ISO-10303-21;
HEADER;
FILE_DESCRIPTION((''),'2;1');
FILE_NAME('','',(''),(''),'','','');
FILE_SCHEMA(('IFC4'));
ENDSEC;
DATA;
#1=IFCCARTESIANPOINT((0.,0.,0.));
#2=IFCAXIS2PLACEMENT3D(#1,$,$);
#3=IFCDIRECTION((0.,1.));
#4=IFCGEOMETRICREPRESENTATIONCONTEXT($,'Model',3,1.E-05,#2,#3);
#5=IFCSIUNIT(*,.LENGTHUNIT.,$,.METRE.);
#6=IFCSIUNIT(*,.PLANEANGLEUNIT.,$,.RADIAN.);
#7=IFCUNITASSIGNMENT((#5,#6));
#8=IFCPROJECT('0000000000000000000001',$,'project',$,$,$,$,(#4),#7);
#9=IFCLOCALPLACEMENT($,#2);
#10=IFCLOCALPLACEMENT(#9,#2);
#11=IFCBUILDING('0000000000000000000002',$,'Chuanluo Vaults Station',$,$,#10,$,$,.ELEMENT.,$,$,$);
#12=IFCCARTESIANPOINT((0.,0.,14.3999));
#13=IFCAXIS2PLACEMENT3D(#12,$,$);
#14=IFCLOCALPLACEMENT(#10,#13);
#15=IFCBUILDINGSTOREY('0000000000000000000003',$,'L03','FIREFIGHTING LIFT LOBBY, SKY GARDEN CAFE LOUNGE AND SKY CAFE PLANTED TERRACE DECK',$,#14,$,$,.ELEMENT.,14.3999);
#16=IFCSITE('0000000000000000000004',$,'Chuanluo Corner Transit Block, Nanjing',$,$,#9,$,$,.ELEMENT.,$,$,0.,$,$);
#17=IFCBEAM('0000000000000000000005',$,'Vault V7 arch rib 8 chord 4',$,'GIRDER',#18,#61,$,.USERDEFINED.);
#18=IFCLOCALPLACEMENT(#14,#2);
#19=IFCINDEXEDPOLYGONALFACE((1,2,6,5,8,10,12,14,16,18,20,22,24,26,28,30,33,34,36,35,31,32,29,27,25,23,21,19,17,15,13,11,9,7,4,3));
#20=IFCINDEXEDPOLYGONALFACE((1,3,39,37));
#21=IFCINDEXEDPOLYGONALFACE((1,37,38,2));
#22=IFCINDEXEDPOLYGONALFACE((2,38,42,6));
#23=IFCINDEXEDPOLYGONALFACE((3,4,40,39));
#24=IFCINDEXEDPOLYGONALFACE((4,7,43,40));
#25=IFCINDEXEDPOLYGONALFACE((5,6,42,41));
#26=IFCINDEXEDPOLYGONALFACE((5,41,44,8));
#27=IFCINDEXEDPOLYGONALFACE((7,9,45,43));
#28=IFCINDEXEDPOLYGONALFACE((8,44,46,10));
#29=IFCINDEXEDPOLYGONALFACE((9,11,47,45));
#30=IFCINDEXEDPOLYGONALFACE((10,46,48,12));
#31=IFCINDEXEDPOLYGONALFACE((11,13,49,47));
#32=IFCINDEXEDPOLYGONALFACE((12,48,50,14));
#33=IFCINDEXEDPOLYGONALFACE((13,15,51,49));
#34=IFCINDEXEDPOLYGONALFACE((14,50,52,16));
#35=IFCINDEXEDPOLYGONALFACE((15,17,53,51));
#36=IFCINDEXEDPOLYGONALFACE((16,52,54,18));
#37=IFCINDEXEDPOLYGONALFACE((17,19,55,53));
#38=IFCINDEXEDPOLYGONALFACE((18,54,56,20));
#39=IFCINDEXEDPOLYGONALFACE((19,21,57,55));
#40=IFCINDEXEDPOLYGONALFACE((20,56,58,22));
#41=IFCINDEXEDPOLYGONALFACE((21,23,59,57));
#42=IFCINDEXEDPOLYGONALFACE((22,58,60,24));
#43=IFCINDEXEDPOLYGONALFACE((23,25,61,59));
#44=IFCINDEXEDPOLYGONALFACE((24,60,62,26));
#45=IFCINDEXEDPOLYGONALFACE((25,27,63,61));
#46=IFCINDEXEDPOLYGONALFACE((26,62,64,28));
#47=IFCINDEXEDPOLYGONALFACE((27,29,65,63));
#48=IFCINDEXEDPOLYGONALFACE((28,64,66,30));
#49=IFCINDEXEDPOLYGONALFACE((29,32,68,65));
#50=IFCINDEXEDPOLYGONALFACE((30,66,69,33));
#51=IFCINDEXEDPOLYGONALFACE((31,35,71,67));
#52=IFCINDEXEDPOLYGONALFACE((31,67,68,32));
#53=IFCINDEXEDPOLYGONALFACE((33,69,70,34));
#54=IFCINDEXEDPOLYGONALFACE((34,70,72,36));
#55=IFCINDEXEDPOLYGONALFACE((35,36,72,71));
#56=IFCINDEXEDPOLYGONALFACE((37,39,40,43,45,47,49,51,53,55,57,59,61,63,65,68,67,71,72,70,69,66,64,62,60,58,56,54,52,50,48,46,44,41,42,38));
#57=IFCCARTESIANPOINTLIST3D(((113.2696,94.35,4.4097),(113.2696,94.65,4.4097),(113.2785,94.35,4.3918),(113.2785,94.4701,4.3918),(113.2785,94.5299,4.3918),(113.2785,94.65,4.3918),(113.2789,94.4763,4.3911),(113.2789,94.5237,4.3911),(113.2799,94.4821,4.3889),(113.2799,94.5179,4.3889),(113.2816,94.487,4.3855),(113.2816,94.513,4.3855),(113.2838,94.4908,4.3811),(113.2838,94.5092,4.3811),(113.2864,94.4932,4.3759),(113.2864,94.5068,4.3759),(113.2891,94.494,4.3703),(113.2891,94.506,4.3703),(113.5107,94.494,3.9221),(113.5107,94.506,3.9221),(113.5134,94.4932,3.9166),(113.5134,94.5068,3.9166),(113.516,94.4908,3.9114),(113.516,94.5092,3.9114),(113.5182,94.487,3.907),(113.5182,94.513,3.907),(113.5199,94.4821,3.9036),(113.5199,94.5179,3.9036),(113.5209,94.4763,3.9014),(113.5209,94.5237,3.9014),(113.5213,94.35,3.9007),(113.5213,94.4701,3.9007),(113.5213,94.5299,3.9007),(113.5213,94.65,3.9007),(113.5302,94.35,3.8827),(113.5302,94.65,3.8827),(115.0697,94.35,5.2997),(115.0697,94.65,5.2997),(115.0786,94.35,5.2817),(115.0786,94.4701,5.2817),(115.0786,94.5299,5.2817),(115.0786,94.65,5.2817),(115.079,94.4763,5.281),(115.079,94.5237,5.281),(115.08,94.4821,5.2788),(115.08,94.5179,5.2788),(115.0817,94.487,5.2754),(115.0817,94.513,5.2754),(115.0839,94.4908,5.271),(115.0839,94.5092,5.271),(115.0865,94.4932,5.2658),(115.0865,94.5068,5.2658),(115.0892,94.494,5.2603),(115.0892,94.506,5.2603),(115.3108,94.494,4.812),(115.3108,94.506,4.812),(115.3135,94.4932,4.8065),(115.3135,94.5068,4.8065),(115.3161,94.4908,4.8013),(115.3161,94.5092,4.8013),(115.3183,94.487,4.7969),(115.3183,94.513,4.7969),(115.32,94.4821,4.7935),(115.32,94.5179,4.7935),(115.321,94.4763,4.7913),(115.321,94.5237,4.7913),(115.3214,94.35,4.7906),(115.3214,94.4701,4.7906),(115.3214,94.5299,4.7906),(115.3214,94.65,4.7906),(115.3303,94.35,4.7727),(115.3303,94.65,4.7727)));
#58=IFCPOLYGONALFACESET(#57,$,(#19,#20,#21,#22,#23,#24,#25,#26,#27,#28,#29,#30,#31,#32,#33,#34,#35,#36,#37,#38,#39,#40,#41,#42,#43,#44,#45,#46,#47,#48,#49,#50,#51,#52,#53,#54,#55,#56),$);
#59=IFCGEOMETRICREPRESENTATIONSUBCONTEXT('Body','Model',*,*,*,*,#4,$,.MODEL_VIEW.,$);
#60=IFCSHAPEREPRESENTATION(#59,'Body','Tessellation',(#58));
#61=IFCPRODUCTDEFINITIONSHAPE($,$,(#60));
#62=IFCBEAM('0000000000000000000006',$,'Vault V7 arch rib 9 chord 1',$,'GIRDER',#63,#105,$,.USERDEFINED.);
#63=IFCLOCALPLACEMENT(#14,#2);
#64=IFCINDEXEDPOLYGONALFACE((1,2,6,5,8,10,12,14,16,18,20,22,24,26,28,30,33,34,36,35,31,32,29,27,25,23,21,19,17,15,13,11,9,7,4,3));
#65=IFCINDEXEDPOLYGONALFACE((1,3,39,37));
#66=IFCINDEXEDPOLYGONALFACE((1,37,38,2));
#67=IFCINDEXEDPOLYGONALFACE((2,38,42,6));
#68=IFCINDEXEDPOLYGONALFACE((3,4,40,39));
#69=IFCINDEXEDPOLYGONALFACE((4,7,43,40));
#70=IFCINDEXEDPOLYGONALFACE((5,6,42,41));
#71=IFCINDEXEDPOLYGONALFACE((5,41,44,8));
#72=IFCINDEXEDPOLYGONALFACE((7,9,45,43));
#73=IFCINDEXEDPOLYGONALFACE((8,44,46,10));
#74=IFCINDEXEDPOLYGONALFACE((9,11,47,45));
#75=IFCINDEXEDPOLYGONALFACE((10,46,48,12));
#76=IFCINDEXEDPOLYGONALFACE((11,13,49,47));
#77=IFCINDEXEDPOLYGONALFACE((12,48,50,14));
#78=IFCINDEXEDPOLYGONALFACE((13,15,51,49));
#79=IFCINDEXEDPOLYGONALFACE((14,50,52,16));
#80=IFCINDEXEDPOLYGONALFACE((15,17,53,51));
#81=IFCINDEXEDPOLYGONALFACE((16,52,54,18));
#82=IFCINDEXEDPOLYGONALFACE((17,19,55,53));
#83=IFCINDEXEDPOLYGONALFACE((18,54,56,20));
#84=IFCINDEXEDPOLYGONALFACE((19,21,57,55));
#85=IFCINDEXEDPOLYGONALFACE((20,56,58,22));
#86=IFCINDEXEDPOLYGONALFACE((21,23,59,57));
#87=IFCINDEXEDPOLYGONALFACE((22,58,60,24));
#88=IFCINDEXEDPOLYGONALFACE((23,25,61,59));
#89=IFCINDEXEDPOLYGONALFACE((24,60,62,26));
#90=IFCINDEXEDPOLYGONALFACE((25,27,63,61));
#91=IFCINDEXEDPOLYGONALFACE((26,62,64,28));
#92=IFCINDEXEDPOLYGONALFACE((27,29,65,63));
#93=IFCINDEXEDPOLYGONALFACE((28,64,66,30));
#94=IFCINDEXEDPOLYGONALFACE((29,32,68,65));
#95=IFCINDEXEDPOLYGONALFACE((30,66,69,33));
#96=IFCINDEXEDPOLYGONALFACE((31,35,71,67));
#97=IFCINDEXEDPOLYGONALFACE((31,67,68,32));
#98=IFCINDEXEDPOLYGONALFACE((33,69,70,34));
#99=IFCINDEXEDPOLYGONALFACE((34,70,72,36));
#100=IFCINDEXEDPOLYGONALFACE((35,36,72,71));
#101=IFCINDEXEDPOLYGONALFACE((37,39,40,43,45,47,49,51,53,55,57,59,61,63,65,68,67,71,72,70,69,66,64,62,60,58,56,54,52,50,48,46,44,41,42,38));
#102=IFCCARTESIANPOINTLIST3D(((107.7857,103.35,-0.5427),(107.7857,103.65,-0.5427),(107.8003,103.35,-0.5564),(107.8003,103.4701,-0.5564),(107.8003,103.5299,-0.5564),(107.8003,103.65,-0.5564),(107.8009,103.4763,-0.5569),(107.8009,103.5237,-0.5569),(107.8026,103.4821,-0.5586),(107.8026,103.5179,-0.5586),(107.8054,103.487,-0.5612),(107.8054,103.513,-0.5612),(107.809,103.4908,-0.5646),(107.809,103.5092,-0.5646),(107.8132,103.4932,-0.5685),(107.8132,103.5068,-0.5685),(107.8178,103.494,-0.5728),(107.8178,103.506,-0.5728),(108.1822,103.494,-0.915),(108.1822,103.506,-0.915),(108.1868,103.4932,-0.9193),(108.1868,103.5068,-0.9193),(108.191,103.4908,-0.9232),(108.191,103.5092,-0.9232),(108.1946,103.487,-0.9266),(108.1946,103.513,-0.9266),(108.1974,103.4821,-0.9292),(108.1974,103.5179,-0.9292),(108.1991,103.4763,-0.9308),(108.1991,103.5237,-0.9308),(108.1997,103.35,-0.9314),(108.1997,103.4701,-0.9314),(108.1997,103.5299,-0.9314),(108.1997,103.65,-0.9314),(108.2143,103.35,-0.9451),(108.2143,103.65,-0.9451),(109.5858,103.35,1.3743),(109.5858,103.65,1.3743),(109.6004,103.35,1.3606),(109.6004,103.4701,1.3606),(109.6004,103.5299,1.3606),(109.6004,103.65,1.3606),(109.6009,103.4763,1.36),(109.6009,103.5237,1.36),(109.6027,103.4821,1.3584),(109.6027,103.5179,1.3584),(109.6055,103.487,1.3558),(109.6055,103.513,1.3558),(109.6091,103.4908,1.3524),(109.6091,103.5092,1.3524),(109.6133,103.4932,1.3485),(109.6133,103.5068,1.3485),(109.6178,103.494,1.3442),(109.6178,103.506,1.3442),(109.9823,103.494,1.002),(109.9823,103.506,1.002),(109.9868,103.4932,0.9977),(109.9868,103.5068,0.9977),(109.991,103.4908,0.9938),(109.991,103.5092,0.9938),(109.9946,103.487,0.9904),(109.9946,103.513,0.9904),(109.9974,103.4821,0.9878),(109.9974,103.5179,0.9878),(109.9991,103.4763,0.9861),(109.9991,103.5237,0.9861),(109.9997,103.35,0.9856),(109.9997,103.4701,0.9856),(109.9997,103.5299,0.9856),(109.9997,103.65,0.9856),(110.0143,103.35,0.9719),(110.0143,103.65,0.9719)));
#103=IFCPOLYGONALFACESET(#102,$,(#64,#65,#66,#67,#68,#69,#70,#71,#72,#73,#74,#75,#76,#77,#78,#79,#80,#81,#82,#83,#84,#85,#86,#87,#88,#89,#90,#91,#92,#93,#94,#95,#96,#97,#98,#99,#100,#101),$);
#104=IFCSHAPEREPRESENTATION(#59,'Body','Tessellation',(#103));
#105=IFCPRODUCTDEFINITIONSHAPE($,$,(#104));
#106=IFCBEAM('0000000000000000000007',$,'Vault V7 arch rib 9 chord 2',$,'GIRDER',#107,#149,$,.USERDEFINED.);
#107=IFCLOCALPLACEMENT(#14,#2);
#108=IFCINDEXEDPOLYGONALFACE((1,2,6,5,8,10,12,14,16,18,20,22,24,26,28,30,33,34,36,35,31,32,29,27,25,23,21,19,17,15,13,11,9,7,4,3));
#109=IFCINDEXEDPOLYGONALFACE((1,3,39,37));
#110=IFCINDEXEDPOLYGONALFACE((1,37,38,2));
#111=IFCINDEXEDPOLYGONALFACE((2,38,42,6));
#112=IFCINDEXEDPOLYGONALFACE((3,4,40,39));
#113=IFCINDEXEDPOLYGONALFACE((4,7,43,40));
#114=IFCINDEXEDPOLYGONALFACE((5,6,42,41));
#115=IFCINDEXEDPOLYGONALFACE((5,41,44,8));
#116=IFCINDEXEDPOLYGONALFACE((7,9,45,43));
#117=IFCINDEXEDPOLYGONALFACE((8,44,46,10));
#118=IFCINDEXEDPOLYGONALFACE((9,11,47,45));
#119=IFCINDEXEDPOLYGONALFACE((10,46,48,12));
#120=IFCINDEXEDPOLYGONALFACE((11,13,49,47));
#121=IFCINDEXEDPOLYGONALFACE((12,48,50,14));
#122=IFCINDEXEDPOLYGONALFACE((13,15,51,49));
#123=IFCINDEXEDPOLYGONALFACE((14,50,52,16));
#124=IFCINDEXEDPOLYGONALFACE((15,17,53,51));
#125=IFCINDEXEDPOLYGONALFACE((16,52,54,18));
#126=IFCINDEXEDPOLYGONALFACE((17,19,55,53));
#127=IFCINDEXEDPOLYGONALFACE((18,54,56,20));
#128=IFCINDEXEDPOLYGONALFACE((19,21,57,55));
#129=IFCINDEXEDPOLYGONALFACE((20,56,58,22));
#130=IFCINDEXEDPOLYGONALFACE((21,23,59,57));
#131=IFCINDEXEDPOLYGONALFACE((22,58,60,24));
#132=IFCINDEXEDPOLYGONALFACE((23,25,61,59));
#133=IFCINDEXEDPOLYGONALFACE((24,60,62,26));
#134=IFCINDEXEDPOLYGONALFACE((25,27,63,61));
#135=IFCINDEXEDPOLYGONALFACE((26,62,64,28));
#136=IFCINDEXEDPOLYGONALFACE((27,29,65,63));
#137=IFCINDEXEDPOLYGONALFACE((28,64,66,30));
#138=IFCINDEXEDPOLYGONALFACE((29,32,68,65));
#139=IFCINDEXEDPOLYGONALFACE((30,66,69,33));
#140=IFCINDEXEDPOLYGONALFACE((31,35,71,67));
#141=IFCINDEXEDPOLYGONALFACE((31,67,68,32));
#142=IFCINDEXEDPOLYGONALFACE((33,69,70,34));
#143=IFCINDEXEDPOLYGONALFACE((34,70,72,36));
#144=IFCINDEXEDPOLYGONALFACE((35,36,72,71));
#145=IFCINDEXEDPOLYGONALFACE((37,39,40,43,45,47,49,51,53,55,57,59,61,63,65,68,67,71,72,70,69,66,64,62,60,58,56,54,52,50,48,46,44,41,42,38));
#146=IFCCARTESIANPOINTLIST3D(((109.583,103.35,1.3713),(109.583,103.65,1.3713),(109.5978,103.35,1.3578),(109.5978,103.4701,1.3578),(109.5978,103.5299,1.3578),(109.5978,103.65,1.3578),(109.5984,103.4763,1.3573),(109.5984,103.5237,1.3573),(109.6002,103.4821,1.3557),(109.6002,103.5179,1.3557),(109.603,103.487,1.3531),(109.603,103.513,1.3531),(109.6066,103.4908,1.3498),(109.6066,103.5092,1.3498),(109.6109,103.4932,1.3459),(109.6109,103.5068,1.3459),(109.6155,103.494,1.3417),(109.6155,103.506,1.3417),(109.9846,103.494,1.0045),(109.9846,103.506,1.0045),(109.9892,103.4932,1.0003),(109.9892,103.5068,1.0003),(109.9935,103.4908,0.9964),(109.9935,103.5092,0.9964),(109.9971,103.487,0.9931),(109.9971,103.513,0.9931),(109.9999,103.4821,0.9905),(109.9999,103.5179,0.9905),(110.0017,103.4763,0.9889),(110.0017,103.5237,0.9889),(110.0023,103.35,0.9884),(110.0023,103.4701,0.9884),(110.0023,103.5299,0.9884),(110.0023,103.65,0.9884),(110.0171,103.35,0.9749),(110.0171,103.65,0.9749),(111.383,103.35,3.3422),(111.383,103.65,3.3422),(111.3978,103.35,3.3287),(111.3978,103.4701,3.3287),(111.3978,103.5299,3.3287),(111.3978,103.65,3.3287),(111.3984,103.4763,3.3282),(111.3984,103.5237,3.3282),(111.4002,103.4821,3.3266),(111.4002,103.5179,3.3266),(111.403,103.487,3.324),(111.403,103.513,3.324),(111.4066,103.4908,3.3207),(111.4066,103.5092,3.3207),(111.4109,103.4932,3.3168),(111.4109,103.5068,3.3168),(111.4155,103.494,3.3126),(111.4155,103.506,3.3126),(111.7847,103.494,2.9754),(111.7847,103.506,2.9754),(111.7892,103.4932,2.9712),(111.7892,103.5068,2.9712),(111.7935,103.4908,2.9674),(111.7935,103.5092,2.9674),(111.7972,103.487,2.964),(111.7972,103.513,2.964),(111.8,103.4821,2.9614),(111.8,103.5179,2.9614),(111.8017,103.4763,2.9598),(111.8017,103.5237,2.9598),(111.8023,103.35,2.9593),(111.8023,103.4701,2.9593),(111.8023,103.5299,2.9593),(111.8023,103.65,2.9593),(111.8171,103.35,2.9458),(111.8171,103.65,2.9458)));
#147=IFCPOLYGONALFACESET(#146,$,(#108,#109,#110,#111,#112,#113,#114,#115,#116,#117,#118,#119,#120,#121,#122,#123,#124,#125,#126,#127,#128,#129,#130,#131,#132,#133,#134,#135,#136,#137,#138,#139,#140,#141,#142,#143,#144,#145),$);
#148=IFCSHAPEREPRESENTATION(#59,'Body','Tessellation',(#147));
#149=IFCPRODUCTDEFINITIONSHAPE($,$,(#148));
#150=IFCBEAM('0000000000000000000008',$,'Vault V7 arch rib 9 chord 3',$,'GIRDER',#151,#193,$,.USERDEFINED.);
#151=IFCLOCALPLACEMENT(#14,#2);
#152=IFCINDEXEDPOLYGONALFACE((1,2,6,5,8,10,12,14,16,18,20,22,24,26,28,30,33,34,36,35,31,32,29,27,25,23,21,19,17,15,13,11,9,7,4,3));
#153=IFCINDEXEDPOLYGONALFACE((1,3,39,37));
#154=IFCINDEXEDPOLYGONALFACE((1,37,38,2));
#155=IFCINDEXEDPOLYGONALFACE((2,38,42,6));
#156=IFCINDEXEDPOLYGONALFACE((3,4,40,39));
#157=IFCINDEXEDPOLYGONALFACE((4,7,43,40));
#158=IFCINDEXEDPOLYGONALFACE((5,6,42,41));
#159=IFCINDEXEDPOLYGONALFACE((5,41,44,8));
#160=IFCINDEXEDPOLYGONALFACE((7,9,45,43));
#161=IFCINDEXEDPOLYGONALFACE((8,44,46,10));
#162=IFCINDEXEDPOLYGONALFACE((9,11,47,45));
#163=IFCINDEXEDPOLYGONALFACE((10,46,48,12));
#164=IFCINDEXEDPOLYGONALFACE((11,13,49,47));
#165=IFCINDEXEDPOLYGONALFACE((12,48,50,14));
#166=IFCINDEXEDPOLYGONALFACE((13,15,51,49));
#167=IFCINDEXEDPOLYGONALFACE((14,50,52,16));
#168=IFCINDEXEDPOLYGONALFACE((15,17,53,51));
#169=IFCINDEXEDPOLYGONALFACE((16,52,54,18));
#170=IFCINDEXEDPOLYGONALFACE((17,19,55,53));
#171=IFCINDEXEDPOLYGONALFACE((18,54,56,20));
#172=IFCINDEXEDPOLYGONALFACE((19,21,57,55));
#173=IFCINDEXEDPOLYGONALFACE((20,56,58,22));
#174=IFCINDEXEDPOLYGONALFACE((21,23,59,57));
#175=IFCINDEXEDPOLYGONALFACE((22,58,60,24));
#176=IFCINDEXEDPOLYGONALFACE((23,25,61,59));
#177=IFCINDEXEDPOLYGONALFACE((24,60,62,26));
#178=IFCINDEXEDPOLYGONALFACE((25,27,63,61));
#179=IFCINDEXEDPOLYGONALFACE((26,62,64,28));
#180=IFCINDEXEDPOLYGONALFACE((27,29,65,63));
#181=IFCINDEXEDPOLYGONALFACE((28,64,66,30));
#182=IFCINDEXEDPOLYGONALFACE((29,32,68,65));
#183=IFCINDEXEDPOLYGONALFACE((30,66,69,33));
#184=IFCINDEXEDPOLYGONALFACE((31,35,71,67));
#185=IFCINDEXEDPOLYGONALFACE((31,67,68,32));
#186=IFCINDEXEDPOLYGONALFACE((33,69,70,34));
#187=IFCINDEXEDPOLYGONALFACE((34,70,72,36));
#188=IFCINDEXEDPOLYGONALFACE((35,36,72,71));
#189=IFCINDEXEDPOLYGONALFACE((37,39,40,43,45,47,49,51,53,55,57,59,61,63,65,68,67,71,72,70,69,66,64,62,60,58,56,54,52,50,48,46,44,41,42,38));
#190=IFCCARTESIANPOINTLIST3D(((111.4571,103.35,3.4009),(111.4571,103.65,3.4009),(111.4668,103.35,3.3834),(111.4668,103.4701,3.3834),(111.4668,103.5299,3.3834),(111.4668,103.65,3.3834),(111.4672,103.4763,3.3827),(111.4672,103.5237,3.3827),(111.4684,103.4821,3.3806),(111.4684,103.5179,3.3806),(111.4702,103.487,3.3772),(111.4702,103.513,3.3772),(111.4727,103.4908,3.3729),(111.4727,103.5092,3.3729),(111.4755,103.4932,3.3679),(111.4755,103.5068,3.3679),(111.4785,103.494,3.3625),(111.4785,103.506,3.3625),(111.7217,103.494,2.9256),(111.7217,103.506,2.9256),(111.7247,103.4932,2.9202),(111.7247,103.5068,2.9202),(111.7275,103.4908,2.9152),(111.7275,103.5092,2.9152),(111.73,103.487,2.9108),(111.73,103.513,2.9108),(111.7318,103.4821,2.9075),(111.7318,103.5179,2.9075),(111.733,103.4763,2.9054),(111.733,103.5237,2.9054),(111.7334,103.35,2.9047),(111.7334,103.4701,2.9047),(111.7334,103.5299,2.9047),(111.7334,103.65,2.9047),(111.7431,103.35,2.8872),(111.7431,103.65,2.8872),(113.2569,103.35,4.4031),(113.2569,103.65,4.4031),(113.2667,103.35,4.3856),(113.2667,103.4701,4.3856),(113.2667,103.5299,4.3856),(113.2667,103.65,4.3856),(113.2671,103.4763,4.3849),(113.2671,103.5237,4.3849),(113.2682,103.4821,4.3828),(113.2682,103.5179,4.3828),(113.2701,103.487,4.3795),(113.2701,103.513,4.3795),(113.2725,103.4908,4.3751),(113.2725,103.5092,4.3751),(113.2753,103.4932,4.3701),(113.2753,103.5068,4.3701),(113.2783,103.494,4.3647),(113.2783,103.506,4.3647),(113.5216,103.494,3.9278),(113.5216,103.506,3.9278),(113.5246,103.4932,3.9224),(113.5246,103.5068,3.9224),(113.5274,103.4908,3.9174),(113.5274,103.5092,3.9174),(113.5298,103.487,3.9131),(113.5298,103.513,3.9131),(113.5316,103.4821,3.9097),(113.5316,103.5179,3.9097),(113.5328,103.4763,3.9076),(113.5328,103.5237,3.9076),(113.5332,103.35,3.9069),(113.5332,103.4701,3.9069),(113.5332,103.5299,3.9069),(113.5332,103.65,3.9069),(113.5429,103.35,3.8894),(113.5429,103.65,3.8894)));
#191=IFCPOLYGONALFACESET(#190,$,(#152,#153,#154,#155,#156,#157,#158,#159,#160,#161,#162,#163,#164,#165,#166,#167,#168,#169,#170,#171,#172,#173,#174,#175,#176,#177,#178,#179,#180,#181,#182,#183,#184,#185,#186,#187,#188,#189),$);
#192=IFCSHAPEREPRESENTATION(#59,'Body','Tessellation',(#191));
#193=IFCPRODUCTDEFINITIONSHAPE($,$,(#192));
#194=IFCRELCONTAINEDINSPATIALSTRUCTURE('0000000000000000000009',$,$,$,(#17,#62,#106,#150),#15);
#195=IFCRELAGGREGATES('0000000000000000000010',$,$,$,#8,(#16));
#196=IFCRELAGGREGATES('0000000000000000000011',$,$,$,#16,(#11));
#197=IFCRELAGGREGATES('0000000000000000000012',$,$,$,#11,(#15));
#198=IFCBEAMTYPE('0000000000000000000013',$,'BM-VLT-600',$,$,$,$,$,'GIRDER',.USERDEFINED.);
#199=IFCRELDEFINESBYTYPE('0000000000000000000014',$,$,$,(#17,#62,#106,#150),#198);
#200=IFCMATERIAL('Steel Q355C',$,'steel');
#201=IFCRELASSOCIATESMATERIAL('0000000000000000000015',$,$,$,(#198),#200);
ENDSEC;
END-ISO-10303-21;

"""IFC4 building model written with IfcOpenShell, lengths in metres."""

from ifc_helpers import new_model, si_unit, direction, frame, origin, origin_2d, place, context, subcontext, project, spatial, i_section, extrude, material, material_profile, profile_set, type_object, element, save


model = new_model("IFC4")

# Units and contexts
model_context = context("Model", 3, precision=1e-05, world=origin(), true_north=direction((0.0, 1.0)))
body_context = subcontext(model_context, "Body", "Model", "MODEL_VIEW")
ifc_project = project(units=[si_unit("LENGTHUNIT", "METRE"), si_unit("PLANEANGLEUNIT", "RADIAN")], contexts=[model_context])

# Site, building, storey
site_placement = place(None, origin())
site = spatial("IfcSite", under=ifc_project, at=site_placement, Name="Chuanluo Corner Transit Block, Nanjing", CompositionType="ELEMENT", RefElevation=0.0)
building_placement = place(site_placement, origin())
building = spatial("IfcBuilding", under=site, at=building_placement, Name="Chuanluo Vaults Station", CompositionType="ELEMENT")
storey_placement = place(building_placement, frame((0.0, 0.0, 14.3999)))
storey = spatial("IfcBuildingStorey", under=building, at=storey_placement, Name="L03", Description="FIREFIGHTING LIFT LOBBY, SKY GARDEN CAFE LOUNGE AND SKY CAFE PLANTED TERRACE DECK", CompositionType="ELEMENT", Elevation=14.3999)

# Beams
ifc_material_1 = material(Name="Steel Q355C", Category="steel")
ifc_material_profile_1 = material_profile(ifc_material_1, i_section(OverallWidth=0.3, OverallDepth=0.5879, WebThickness=0.012, FlangeThickness=0.02, FilletRadius=0.0239, at=origin_2d()))
ifc_profile_set_1 = profile_set([ifc_material_profile_1], Name="Steel Q355C")
beam_type_1 = type_object("IfcBeamType", Name="BM-VLT-600", ElementType="GIRDER", PredefinedType="USERDEFINED", material=ifc_profile_set_1)
beam_1_placement = place(storey_placement, frame((113.3999, 94.5, 4.1462), z_axis=(0.896436, 0.0, 0.443172), x_axis=(0.0, 1.0, 0.0)))
element("IfcBeam", 1, at=beam_1_placement, inside=storey, type_object=beam_type_1, Name="Vault V7 arch rib 8 chord 4", ObjectType="GIRDER", PredefinedType="USERDEFINED", context=body_context, shape_type="SweptSolid", body=[
    extrude(i_section(OverallWidth=0.3, OverallDepth=0.5879, WebThickness=0.012, FlangeThickness=0.02, FilletRadius=0.0239, at=origin_2d()), origin(), (0.0, 0.0, 1.0), 2.0081),
])
beam_2_placement = place(storey_placement, frame((108.0, 103.5, -0.7439), z_axis=(0.684522, 0.0, 0.728993), x_axis=(0.0, 1.0, 0.0)))
element("IfcBeam", 2, at=beam_2_placement, inside=storey, type_object=beam_type_1, Name="Vault V7 arch rib 9 chord 1", ObjectType="GIRDER", PredefinedType="USERDEFINED", context=body_context, shape_type="SweptSolid", body=[
    extrude(i_section(OverallWidth=0.3, OverallDepth=0.5879, WebThickness=0.012, FlangeThickness=0.02, FilletRadius=0.0239, at=origin_2d()), origin(), (0.0, 0.0, 1.0), 2.6296),
])
beam_3_placement = place(storey_placement, frame((109.8, 103.5, 1.1731), z_axis=(0.674369, 0.0, 0.738394), x_axis=(0.0, 1.0, 0.0)))
element("IfcBeam", 3, at=beam_3_placement, inside=storey, type_object=beam_type_1, Name="Vault V7 arch rib 9 chord 2", ObjectType="GIRDER", PredefinedType="USERDEFINED", context=body_context, shape_type="SweptSolid", body=[
    extrude(i_section(OverallWidth=0.3, OverallDepth=0.5879, WebThickness=0.012, FlangeThickness=0.02, FilletRadius=0.0239, at=origin_2d()), origin(), (0.0, 0.0, 1.0), 2.6692),
])
beam_4_placement = place(storey_placement, frame((111.6001, 103.5, 3.144), z_axis=(0.873682, 0.0, 0.486498), x_axis=(0.0, 1.0, 0.0)))
element("IfcBeam", 4, at=beam_4_placement, inside=storey, type_object=beam_type_1, Name="Vault V7 arch rib 9 chord 3", ObjectType="GIRDER", PredefinedType="USERDEFINED", context=body_context, shape_type="SweptSolid", body=[
    extrude(i_section(OverallWidth=0.3, OverallDepth=0.5879, WebThickness=0.012, FlangeThickness=0.02, FilletRadius=0.0239, at=origin_2d()), origin(), (0.0, 0.0, 1.0), 2.0601),
])

save(model, "model.ifc")
